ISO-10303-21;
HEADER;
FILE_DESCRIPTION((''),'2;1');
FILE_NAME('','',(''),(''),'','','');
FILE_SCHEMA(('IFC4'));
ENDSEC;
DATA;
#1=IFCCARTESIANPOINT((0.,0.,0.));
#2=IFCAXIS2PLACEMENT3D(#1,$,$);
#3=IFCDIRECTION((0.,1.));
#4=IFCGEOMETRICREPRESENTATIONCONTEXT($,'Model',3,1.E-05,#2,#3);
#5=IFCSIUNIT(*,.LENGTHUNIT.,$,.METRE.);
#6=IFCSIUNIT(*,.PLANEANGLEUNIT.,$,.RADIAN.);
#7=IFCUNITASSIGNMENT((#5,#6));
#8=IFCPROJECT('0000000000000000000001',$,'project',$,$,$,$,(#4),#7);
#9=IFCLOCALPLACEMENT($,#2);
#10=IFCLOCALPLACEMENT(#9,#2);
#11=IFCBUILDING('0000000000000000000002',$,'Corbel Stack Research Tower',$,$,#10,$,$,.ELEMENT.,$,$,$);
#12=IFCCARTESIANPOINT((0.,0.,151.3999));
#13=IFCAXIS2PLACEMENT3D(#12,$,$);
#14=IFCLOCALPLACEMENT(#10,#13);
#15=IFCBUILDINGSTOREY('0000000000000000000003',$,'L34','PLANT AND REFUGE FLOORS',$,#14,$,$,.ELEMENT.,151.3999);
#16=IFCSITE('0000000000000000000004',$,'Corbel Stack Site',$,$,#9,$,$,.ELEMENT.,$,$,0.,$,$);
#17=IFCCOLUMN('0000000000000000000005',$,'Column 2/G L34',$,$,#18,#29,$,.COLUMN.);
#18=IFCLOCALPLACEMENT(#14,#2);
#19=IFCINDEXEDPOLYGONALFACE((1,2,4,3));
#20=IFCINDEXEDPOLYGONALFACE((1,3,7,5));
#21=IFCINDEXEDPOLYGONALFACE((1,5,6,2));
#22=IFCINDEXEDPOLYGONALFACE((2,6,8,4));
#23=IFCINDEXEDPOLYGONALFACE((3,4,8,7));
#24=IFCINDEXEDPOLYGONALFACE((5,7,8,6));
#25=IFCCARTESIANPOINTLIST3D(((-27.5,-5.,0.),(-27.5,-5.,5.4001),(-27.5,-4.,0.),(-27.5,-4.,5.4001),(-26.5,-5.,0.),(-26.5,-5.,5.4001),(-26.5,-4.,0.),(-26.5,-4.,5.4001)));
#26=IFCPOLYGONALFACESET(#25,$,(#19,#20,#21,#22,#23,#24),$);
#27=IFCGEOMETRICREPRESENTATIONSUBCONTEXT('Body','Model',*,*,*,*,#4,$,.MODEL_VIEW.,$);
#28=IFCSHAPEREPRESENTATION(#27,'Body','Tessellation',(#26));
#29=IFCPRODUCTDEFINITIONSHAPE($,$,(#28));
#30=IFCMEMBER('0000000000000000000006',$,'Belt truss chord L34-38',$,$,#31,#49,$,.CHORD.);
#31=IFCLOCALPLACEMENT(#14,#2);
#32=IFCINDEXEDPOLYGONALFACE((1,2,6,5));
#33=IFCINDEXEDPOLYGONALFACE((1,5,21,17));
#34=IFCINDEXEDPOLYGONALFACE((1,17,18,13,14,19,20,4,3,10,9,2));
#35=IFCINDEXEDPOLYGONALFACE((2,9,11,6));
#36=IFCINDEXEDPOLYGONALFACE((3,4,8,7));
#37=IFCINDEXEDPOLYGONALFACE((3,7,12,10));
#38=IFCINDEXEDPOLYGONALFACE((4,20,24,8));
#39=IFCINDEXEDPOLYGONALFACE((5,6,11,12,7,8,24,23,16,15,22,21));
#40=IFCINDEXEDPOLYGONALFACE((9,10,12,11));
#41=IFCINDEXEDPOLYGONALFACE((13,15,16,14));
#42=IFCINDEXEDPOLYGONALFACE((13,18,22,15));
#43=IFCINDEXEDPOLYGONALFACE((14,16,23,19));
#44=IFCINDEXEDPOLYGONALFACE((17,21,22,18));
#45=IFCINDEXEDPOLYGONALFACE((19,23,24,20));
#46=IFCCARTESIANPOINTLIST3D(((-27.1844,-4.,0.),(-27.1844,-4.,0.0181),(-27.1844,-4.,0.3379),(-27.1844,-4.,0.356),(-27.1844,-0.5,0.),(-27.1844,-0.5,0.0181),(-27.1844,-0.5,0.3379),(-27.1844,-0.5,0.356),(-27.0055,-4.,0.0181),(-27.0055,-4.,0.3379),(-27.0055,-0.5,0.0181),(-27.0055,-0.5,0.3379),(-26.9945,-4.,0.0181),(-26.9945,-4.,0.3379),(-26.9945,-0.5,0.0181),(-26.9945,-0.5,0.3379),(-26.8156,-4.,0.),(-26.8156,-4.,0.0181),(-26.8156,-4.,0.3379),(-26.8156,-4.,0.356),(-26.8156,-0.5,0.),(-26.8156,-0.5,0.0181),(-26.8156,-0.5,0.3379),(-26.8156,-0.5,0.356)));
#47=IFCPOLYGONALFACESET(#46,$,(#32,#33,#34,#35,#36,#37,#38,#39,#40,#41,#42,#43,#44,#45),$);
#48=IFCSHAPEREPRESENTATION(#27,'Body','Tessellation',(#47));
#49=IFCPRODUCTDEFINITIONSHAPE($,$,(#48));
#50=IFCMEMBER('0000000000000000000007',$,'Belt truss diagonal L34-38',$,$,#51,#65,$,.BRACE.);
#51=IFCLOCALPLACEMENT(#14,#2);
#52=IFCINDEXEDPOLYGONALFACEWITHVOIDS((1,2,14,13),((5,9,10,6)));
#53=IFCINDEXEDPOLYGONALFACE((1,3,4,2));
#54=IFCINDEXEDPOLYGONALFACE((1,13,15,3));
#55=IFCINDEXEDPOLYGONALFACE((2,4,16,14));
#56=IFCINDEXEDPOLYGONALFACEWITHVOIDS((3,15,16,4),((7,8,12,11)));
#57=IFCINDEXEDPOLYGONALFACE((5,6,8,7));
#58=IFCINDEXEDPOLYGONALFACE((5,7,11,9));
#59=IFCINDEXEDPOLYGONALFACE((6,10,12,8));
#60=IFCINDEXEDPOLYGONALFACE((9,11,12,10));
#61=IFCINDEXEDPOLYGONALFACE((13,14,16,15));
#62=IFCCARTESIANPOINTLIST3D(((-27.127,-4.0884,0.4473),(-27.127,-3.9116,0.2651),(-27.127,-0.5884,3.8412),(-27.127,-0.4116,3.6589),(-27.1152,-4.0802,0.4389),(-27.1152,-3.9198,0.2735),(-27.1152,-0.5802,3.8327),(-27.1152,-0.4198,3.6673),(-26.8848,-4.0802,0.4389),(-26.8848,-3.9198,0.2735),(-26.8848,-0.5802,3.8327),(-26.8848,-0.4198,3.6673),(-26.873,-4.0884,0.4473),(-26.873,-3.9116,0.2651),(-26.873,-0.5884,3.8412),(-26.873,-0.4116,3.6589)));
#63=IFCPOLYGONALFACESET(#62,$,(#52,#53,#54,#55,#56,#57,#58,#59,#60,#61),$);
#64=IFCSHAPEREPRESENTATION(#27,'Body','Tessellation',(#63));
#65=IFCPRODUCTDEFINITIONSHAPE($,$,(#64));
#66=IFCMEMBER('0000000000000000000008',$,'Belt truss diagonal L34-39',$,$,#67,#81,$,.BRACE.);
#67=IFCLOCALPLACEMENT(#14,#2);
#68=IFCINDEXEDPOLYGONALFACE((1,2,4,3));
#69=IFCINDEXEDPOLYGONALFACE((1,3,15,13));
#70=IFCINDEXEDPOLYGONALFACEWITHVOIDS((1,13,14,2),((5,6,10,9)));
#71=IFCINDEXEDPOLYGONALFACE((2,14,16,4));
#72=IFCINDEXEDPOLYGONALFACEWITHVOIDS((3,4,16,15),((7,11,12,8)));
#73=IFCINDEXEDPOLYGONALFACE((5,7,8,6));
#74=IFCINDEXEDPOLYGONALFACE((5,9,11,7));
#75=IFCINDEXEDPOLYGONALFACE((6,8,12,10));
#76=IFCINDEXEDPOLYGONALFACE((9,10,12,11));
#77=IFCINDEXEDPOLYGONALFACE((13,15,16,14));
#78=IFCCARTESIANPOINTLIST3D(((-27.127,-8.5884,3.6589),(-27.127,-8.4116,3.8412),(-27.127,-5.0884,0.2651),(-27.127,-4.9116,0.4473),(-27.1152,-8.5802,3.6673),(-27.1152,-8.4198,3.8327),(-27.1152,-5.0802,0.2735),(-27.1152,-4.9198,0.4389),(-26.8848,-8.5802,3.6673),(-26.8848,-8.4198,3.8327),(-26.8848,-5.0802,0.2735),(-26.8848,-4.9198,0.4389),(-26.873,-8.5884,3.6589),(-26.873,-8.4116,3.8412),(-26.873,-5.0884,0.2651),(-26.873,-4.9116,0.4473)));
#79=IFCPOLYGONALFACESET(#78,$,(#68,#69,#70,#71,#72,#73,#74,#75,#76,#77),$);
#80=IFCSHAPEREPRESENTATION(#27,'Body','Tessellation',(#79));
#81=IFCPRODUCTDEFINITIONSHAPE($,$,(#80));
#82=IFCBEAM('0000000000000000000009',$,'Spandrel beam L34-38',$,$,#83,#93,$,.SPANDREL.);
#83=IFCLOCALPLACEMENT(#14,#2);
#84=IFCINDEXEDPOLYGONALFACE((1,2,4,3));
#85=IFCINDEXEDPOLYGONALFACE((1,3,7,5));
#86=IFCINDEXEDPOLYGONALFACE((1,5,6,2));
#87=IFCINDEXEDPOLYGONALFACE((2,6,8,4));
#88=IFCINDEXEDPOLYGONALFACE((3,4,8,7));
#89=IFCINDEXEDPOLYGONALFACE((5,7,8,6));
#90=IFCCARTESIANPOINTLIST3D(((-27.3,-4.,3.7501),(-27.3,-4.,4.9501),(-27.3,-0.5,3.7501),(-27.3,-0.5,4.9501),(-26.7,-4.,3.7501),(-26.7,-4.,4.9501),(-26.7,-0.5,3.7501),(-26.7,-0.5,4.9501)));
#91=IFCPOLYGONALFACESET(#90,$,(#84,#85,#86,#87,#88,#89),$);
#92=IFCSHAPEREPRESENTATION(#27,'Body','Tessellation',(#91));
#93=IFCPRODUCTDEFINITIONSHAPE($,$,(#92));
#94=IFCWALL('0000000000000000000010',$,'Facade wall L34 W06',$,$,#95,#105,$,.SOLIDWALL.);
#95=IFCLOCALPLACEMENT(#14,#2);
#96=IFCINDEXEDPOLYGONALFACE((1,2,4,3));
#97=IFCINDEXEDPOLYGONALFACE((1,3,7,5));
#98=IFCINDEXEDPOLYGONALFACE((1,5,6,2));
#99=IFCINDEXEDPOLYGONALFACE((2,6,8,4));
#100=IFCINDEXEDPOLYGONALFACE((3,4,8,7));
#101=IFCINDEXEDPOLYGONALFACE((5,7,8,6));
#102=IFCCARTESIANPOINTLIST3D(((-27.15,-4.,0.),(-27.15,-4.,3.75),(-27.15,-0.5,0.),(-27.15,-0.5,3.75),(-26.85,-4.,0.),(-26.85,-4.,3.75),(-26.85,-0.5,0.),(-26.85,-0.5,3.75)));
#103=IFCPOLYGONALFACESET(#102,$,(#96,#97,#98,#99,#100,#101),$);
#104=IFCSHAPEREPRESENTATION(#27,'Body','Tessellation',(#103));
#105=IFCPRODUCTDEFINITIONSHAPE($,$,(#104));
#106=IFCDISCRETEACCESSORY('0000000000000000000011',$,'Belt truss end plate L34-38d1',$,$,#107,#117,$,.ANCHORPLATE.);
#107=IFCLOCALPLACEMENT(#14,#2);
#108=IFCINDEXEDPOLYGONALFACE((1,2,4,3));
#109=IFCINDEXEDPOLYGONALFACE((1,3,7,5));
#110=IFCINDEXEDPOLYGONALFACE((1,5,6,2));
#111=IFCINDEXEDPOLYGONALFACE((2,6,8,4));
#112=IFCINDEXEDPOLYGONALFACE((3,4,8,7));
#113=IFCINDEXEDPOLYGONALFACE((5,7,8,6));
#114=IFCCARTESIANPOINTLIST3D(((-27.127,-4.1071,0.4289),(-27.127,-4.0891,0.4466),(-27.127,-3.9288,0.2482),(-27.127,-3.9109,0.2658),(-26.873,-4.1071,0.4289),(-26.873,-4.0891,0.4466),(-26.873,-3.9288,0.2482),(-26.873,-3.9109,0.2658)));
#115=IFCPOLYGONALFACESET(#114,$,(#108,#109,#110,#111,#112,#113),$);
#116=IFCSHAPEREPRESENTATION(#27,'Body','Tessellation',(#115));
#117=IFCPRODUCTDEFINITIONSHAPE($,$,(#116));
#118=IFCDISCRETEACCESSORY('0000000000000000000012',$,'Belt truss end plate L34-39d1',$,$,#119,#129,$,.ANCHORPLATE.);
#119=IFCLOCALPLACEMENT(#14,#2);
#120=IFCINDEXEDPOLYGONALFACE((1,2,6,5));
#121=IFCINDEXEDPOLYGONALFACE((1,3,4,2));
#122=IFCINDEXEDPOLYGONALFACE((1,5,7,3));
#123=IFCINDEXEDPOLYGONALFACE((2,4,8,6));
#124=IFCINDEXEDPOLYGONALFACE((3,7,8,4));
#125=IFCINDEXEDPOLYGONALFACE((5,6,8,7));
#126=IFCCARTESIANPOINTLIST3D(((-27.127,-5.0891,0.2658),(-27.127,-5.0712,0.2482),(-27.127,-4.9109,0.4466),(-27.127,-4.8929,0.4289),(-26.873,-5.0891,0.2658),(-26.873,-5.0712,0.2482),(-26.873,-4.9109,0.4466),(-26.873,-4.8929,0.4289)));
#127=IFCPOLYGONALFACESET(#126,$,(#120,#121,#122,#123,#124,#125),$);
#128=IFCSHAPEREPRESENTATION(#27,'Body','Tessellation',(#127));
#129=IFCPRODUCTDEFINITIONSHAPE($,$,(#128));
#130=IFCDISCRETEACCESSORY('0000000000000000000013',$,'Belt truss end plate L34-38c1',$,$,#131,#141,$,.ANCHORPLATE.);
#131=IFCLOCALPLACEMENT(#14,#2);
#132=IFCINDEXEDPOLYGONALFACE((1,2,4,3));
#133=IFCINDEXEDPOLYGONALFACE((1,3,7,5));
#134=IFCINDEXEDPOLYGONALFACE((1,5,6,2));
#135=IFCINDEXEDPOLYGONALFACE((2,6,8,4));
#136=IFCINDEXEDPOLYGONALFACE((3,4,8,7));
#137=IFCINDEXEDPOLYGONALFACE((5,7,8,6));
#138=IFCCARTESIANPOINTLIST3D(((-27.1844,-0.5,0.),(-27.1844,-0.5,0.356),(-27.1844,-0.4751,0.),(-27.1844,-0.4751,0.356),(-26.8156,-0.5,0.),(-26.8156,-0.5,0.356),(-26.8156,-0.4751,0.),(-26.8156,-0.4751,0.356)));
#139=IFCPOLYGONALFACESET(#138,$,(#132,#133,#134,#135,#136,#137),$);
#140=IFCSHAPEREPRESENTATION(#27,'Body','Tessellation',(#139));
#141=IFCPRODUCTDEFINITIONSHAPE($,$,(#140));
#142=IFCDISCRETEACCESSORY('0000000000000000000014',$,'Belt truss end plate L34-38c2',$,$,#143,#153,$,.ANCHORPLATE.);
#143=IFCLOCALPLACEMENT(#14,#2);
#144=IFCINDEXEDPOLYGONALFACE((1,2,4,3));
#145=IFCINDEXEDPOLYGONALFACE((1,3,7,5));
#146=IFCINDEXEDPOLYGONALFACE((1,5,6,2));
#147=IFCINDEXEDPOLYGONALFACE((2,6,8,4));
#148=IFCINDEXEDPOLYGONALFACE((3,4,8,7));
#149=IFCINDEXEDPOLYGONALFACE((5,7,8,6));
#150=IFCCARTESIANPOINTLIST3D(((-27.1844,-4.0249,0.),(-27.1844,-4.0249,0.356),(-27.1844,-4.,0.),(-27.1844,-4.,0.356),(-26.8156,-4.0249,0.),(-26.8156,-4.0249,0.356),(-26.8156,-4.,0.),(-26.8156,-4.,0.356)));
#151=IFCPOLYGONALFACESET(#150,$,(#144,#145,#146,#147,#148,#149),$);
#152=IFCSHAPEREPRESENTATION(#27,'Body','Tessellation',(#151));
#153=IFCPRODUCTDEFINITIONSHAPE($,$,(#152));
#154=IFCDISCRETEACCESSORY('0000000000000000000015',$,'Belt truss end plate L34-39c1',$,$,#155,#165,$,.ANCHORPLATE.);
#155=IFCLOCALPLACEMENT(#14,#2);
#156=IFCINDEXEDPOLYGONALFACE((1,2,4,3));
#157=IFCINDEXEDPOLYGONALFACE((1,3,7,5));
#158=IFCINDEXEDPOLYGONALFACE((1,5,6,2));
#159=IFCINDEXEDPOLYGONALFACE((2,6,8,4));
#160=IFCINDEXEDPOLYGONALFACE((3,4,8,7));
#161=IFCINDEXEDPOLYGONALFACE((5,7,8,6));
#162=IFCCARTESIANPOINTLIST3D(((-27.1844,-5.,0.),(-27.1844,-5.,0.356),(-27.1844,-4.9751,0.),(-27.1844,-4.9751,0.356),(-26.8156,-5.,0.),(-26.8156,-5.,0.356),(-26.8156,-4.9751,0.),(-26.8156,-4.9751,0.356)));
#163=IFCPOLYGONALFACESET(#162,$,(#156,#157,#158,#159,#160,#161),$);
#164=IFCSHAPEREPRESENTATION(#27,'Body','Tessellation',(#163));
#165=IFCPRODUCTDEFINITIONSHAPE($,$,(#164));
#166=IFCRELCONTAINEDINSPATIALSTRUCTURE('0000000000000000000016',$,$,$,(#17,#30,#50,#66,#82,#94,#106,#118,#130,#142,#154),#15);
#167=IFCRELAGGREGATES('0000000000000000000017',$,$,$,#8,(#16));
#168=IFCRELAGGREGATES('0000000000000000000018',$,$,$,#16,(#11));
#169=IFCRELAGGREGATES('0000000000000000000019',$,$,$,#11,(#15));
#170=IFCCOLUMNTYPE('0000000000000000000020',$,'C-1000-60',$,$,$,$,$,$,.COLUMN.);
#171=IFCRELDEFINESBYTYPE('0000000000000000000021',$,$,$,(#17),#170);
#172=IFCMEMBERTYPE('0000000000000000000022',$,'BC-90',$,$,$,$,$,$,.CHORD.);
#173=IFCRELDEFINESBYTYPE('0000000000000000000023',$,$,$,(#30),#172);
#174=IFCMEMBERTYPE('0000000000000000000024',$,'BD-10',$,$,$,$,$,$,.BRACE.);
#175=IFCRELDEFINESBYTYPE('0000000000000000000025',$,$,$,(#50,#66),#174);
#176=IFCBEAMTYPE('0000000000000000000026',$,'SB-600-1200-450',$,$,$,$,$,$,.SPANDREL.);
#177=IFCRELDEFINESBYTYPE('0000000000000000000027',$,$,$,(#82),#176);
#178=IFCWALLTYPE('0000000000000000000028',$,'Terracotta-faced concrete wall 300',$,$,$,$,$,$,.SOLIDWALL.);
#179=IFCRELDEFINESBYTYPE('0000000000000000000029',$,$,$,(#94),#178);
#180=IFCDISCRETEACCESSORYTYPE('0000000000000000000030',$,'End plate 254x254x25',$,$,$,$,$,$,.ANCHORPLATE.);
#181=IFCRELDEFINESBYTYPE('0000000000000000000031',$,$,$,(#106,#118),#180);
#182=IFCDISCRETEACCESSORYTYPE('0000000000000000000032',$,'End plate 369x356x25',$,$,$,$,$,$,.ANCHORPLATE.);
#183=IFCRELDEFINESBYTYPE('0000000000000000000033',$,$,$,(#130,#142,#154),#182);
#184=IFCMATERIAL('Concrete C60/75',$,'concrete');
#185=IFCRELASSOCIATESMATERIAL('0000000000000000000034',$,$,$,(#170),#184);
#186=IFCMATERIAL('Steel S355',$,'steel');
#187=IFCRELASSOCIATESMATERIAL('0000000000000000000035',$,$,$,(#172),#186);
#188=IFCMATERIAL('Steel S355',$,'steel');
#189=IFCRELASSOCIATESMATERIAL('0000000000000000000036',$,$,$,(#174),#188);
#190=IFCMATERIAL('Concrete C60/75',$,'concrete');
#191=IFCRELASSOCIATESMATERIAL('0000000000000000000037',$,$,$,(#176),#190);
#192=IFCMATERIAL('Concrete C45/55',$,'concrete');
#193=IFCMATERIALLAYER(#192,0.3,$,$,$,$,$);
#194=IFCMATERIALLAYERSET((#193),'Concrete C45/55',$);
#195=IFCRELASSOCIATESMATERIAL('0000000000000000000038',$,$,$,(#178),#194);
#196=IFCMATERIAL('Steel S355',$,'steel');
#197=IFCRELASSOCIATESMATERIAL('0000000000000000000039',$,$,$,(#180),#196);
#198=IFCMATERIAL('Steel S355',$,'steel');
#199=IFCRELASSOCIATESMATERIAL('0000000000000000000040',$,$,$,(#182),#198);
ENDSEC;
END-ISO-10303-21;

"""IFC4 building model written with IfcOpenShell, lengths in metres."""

from ifc_helpers import new_model, si_unit, direction, frame, frame_2d, origin, origin_2d, place, context, subcontext, project, spatial, rectangle, hollow_rectangle, i_section, extrude, material, layer, layer_set, material_profile, profile_set, type_object, element, save


model = new_model("IFC4")

# Units and contexts
model_context = context("Model", 3, precision=1e-05, world=origin(), true_north=direction((0.0, 1.0)))
body_context = subcontext(model_context, "Body", "Model", "MODEL_VIEW")
ifc_project = project(units=[si_unit("LENGTHUNIT", "METRE"), si_unit("PLANEANGLEUNIT", "RADIAN")], contexts=[model_context])

# Site, building, storey
site_placement = place(None, origin())
site = spatial("IfcSite", under=ifc_project, at=site_placement, Name="Corbel Stack Site", CompositionType="ELEMENT", RefElevation=0.0)
building_placement = place(site_placement, origin())
building = spatial("IfcBuilding", under=site, at=building_placement, Name="Corbel Stack Research Tower", CompositionType="ELEMENT")
storey_placement = place(building_placement, frame((0.0, 0.0, 151.3999)))
storey = spatial("IfcBuildingStorey", under=building, at=storey_placement, Name="L34", Description="PLANT AND REFUGE FLOORS", CompositionType="ELEMENT", Elevation=151.3999)

# Column
ifc_material_1 = material(Name="Concrete C60/75", Category="concrete")
ifc_material_profile_1 = material_profile(ifc_material_1, rectangle(XDim=1.0, YDim=1.0, at=origin_2d()), Name="RC 1000 x 1000")
ifc_profile_set_1 = profile_set([ifc_material_profile_1], Name="Concrete C60/75")
column_type = type_object("IfcColumnType", Name="C-1000-60", PredefinedType="COLUMN", material=ifc_profile_set_1)
column_placement = place(storey_placement, frame((-27.0, -4.5, 0.0), z_axis=(0.0, 0.0, 1.0), x_axis=(1.0, 0.0, 0.0)))
element("IfcColumn", 1, at=column_placement, inside=storey, type_object=column_type, Name="Column 2/G L34", PredefinedType="COLUMN", context=body_context, shape_type="SweptSolid", body=[
    extrude(rectangle(XDim=1.0, YDim=1.0, at=origin_2d()), origin(), (0.0, 0.0, 1.0), 5.4001),
])

# Members
ifc_material_2 = material(Name="Steel S355", Category="steel")
ifc_material_profile_2 = material_profile(ifc_material_2, i_section(OverallWidth=0.3689, OverallDepth=0.356, WebThickness=0.011, FlangeThickness=0.0181, at=origin_2d()), Name="W14x90")
ifc_profile_set_2 = profile_set([ifc_material_profile_2], Name="Steel S355")
member_type_1 = type_object("IfcMemberType", Name="BC-90", PredefinedType="CHORD", material=ifc_profile_set_2)
member_placement = place(storey_placement, frame((-27.0, -0.5, 0.178), z_axis=(0.0, -1.0, 0.0), x_axis=(1.0, 0.0, 0.0)))
element("IfcMember", 2, at=member_placement, inside=storey, type_object=member_type_1, Name="Belt truss chord L34-38", PredefinedType="CHORD", context=body_context, shape_type="SweptSolid", body=[
    extrude(i_section(OverallWidth=0.3689, OverallDepth=0.356, WebThickness=0.011, FlangeThickness=0.0181, at=origin_2d()), origin(), (0.0, 0.0, 1.0), 3.5),
])
ifc_material_3 = material(Name="Steel S355", Category="steel")
ifc_material_profile_3 = material_profile(ifc_material_3, hollow_rectangle(XDim=0.2539, YDim=0.2539, WallThickness=0.0117, at=origin_2d()), Name="HSS10x10x1/2")
ifc_profile_set_3 = profile_set([ifc_material_profile_3], Name="Steel S355")
member_type_2 = type_object("IfcMemberType", Name="BD-10", PredefinedType="BRACE", material=ifc_profile_set_3)
for number, where, z_axis, x_axis, name in (
    (3, (-27.0, -4.0, 0.3562), (0.0, 0.717915, 0.696131), (-1.0, 0.0, 0.0), "Belt truss diagonal L34-38"),
    (4, (-27.0, -5.0, 0.3562), (0.0, -0.717915, 0.696131), (1.0, 0.0, 0.0), "Belt truss diagonal L34-39"),
):
    element("IfcMember", number, at=place(storey_placement, frame(where, z_axis=z_axis, x_axis=x_axis)), inside=storey, type_object=member_type_2, Name=name, PredefinedType="BRACE", context=body_context, shape_type="SweptSolid", body=[
        extrude(hollow_rectangle(XDim=0.2539, YDim=0.2539, WallThickness=0.0117, at=origin_2d()), origin(), (0.0, 0.0, 1.0), 4.8752),
    ])

# Beam
ifc_material_4 = material(Name="Concrete C60/75", Category="concrete")
ifc_material_profile_4 = material_profile(ifc_material_4, rectangle(XDim=0.6001, YDim=1.2, at=origin_2d()), Name="RC 600 x 1200")
ifc_profile_set_4 = profile_set([ifc_material_profile_4], Name="Concrete C60/75")
beam_type = type_object("IfcBeamType", Name="SB-600-1200-450", PredefinedType="SPANDREL", material=ifc_profile_set_4)
beam_placement = place(storey_placement, frame((-27.0, -0.5, 4.3501), z_axis=(0.0, -1.0, 0.0), x_axis=(1.0, 0.0, 0.0)))
element("IfcBeam", 5, at=beam_placement, inside=storey, type_object=beam_type, Name="Spandrel beam L34-38", PredefinedType="SPANDREL", context=body_context, shape_type="SweptSolid", body=[
    extrude(rectangle(XDim=0.6001, YDim=1.2, at=origin_2d()), origin(), (0.0, 0.0, 1.0), 3.5),
])

# Wall
ifc_material_5 = material(Name="Concrete C45/55", Category="concrete")
ifc_layer = layer(ifc_material_5, 0.3)
ifc_layer_set = layer_set([ifc_layer], Name="Concrete C45/55")
wall_type = type_object("IfcWallType", Name="Terracotta-faced concrete wall 300", PredefinedType="SOLIDWALL", material=ifc_layer_set)
wall_placement = place(storey_placement, frame((-27.0, -4.0, 0.0), z_axis=(0.0, 0.0, 1.0), x_axis=(0.0, 1.0, 0.0)))
element("IfcWall", 6, at=wall_placement, inside=storey, type_object=wall_type, Name="Facade wall L34 W06", PredefinedType="SOLIDWALL", context=body_context, shape_type="SweptSolid", body=[
    extrude(rectangle(XDim=3.5, YDim=0.3, at=frame_2d((1.75, 0.0))), origin(), (0.0, 0.0, 1.0), 3.75),
])

# Discrete accessories
ifc_material_6 = material(Name="Steel S355", Category="steel")
ifc_material_profile_5 = material_profile(ifc_material_6, rectangle(XDim=0.2539, YDim=0.2539, at=origin_2d()), Name="End plate 254x254x25")
ifc_profile_set_5 = profile_set([ifc_material_profile_5], Name="Steel S355")
discrete_accessory_type_1 = type_object("IfcDiscreteAccessoryType", Name="End plate 254x254x25", PredefinedType="ANCHORPLATE", material=ifc_profile_set_5)
for number, where, z_axis, x_axis, name in (
    (7, (-27.0, -4.0, 0.3562), (0.0, -0.711966, -0.702213), (1.0, 0.0, 0.0), "Belt truss end plate L34-38d1"),
    (8, (-27.0, -5.0, 0.3562), (0.0, 0.711966, -0.702213), (-1.0, 0.0, 0.0), "Belt truss end plate L34-39d1"),
):
    element("IfcDiscreteAccessory", number, at=place(storey_placement, frame(where, z_axis=z_axis, x_axis=x_axis)), inside=storey, type_object=discrete_accessory_type_1, Name=name, PredefinedType="ANCHORPLATE", context=body_context, shape_type="SweptSolid", body=[
        extrude(rectangle(XDim=0.2539, YDim=0.2539, at=origin_2d()), origin(), (0.0, 0.0, 1.0), 0.0251),
    ])
ifc_material_7 = material(Name="Steel S355", Category="steel")
ifc_material_profile_6 = material_profile(ifc_material_7, rectangle(XDim=0.3689, YDim=0.356, at=origin_2d()), Name="End plate 369x356x25")
ifc_profile_set_6 = profile_set([ifc_material_profile_6], Name="Steel S355")
discrete_accessory_type_2 = type_object("IfcDiscreteAccessoryType", Name="End plate 369x356x25", PredefinedType="ANCHORPLATE", material=ifc_profile_set_6)
for number, where, z_axis, x_axis, name in (
    (9, (-27.0, -0.5, 0.178), (0.0, 1.0, 0.0), (-1.0, 0.0, 0.0), "Belt truss end plate L34-38c1"),
    (10, (-27.0, -4.0, 0.178), (0.0, -1.0, 0.0), (1.0, 0.0, 0.0), "Belt truss end plate L34-38c2"),
    (11, (-27.0, -5.0, 0.178), (0.0, 1.0, 0.0), (-1.0, 0.0, 0.0), "Belt truss end plate L34-39c1"),
):
    element("IfcDiscreteAccessory", number, at=place(storey_placement, frame(where, z_axis=z_axis, x_axis=x_axis)), inside=storey, type_object=discrete_accessory_type_2, Name=name, PredefinedType="ANCHORPLATE", context=body_context, shape_type="SweptSolid", body=[
        extrude(rectangle(XDim=0.3689, YDim=0.356, at=origin_2d()), origin(), (0.0, 0.0, 1.0), 0.0249),
    ])

save(model, "model.ifc")
